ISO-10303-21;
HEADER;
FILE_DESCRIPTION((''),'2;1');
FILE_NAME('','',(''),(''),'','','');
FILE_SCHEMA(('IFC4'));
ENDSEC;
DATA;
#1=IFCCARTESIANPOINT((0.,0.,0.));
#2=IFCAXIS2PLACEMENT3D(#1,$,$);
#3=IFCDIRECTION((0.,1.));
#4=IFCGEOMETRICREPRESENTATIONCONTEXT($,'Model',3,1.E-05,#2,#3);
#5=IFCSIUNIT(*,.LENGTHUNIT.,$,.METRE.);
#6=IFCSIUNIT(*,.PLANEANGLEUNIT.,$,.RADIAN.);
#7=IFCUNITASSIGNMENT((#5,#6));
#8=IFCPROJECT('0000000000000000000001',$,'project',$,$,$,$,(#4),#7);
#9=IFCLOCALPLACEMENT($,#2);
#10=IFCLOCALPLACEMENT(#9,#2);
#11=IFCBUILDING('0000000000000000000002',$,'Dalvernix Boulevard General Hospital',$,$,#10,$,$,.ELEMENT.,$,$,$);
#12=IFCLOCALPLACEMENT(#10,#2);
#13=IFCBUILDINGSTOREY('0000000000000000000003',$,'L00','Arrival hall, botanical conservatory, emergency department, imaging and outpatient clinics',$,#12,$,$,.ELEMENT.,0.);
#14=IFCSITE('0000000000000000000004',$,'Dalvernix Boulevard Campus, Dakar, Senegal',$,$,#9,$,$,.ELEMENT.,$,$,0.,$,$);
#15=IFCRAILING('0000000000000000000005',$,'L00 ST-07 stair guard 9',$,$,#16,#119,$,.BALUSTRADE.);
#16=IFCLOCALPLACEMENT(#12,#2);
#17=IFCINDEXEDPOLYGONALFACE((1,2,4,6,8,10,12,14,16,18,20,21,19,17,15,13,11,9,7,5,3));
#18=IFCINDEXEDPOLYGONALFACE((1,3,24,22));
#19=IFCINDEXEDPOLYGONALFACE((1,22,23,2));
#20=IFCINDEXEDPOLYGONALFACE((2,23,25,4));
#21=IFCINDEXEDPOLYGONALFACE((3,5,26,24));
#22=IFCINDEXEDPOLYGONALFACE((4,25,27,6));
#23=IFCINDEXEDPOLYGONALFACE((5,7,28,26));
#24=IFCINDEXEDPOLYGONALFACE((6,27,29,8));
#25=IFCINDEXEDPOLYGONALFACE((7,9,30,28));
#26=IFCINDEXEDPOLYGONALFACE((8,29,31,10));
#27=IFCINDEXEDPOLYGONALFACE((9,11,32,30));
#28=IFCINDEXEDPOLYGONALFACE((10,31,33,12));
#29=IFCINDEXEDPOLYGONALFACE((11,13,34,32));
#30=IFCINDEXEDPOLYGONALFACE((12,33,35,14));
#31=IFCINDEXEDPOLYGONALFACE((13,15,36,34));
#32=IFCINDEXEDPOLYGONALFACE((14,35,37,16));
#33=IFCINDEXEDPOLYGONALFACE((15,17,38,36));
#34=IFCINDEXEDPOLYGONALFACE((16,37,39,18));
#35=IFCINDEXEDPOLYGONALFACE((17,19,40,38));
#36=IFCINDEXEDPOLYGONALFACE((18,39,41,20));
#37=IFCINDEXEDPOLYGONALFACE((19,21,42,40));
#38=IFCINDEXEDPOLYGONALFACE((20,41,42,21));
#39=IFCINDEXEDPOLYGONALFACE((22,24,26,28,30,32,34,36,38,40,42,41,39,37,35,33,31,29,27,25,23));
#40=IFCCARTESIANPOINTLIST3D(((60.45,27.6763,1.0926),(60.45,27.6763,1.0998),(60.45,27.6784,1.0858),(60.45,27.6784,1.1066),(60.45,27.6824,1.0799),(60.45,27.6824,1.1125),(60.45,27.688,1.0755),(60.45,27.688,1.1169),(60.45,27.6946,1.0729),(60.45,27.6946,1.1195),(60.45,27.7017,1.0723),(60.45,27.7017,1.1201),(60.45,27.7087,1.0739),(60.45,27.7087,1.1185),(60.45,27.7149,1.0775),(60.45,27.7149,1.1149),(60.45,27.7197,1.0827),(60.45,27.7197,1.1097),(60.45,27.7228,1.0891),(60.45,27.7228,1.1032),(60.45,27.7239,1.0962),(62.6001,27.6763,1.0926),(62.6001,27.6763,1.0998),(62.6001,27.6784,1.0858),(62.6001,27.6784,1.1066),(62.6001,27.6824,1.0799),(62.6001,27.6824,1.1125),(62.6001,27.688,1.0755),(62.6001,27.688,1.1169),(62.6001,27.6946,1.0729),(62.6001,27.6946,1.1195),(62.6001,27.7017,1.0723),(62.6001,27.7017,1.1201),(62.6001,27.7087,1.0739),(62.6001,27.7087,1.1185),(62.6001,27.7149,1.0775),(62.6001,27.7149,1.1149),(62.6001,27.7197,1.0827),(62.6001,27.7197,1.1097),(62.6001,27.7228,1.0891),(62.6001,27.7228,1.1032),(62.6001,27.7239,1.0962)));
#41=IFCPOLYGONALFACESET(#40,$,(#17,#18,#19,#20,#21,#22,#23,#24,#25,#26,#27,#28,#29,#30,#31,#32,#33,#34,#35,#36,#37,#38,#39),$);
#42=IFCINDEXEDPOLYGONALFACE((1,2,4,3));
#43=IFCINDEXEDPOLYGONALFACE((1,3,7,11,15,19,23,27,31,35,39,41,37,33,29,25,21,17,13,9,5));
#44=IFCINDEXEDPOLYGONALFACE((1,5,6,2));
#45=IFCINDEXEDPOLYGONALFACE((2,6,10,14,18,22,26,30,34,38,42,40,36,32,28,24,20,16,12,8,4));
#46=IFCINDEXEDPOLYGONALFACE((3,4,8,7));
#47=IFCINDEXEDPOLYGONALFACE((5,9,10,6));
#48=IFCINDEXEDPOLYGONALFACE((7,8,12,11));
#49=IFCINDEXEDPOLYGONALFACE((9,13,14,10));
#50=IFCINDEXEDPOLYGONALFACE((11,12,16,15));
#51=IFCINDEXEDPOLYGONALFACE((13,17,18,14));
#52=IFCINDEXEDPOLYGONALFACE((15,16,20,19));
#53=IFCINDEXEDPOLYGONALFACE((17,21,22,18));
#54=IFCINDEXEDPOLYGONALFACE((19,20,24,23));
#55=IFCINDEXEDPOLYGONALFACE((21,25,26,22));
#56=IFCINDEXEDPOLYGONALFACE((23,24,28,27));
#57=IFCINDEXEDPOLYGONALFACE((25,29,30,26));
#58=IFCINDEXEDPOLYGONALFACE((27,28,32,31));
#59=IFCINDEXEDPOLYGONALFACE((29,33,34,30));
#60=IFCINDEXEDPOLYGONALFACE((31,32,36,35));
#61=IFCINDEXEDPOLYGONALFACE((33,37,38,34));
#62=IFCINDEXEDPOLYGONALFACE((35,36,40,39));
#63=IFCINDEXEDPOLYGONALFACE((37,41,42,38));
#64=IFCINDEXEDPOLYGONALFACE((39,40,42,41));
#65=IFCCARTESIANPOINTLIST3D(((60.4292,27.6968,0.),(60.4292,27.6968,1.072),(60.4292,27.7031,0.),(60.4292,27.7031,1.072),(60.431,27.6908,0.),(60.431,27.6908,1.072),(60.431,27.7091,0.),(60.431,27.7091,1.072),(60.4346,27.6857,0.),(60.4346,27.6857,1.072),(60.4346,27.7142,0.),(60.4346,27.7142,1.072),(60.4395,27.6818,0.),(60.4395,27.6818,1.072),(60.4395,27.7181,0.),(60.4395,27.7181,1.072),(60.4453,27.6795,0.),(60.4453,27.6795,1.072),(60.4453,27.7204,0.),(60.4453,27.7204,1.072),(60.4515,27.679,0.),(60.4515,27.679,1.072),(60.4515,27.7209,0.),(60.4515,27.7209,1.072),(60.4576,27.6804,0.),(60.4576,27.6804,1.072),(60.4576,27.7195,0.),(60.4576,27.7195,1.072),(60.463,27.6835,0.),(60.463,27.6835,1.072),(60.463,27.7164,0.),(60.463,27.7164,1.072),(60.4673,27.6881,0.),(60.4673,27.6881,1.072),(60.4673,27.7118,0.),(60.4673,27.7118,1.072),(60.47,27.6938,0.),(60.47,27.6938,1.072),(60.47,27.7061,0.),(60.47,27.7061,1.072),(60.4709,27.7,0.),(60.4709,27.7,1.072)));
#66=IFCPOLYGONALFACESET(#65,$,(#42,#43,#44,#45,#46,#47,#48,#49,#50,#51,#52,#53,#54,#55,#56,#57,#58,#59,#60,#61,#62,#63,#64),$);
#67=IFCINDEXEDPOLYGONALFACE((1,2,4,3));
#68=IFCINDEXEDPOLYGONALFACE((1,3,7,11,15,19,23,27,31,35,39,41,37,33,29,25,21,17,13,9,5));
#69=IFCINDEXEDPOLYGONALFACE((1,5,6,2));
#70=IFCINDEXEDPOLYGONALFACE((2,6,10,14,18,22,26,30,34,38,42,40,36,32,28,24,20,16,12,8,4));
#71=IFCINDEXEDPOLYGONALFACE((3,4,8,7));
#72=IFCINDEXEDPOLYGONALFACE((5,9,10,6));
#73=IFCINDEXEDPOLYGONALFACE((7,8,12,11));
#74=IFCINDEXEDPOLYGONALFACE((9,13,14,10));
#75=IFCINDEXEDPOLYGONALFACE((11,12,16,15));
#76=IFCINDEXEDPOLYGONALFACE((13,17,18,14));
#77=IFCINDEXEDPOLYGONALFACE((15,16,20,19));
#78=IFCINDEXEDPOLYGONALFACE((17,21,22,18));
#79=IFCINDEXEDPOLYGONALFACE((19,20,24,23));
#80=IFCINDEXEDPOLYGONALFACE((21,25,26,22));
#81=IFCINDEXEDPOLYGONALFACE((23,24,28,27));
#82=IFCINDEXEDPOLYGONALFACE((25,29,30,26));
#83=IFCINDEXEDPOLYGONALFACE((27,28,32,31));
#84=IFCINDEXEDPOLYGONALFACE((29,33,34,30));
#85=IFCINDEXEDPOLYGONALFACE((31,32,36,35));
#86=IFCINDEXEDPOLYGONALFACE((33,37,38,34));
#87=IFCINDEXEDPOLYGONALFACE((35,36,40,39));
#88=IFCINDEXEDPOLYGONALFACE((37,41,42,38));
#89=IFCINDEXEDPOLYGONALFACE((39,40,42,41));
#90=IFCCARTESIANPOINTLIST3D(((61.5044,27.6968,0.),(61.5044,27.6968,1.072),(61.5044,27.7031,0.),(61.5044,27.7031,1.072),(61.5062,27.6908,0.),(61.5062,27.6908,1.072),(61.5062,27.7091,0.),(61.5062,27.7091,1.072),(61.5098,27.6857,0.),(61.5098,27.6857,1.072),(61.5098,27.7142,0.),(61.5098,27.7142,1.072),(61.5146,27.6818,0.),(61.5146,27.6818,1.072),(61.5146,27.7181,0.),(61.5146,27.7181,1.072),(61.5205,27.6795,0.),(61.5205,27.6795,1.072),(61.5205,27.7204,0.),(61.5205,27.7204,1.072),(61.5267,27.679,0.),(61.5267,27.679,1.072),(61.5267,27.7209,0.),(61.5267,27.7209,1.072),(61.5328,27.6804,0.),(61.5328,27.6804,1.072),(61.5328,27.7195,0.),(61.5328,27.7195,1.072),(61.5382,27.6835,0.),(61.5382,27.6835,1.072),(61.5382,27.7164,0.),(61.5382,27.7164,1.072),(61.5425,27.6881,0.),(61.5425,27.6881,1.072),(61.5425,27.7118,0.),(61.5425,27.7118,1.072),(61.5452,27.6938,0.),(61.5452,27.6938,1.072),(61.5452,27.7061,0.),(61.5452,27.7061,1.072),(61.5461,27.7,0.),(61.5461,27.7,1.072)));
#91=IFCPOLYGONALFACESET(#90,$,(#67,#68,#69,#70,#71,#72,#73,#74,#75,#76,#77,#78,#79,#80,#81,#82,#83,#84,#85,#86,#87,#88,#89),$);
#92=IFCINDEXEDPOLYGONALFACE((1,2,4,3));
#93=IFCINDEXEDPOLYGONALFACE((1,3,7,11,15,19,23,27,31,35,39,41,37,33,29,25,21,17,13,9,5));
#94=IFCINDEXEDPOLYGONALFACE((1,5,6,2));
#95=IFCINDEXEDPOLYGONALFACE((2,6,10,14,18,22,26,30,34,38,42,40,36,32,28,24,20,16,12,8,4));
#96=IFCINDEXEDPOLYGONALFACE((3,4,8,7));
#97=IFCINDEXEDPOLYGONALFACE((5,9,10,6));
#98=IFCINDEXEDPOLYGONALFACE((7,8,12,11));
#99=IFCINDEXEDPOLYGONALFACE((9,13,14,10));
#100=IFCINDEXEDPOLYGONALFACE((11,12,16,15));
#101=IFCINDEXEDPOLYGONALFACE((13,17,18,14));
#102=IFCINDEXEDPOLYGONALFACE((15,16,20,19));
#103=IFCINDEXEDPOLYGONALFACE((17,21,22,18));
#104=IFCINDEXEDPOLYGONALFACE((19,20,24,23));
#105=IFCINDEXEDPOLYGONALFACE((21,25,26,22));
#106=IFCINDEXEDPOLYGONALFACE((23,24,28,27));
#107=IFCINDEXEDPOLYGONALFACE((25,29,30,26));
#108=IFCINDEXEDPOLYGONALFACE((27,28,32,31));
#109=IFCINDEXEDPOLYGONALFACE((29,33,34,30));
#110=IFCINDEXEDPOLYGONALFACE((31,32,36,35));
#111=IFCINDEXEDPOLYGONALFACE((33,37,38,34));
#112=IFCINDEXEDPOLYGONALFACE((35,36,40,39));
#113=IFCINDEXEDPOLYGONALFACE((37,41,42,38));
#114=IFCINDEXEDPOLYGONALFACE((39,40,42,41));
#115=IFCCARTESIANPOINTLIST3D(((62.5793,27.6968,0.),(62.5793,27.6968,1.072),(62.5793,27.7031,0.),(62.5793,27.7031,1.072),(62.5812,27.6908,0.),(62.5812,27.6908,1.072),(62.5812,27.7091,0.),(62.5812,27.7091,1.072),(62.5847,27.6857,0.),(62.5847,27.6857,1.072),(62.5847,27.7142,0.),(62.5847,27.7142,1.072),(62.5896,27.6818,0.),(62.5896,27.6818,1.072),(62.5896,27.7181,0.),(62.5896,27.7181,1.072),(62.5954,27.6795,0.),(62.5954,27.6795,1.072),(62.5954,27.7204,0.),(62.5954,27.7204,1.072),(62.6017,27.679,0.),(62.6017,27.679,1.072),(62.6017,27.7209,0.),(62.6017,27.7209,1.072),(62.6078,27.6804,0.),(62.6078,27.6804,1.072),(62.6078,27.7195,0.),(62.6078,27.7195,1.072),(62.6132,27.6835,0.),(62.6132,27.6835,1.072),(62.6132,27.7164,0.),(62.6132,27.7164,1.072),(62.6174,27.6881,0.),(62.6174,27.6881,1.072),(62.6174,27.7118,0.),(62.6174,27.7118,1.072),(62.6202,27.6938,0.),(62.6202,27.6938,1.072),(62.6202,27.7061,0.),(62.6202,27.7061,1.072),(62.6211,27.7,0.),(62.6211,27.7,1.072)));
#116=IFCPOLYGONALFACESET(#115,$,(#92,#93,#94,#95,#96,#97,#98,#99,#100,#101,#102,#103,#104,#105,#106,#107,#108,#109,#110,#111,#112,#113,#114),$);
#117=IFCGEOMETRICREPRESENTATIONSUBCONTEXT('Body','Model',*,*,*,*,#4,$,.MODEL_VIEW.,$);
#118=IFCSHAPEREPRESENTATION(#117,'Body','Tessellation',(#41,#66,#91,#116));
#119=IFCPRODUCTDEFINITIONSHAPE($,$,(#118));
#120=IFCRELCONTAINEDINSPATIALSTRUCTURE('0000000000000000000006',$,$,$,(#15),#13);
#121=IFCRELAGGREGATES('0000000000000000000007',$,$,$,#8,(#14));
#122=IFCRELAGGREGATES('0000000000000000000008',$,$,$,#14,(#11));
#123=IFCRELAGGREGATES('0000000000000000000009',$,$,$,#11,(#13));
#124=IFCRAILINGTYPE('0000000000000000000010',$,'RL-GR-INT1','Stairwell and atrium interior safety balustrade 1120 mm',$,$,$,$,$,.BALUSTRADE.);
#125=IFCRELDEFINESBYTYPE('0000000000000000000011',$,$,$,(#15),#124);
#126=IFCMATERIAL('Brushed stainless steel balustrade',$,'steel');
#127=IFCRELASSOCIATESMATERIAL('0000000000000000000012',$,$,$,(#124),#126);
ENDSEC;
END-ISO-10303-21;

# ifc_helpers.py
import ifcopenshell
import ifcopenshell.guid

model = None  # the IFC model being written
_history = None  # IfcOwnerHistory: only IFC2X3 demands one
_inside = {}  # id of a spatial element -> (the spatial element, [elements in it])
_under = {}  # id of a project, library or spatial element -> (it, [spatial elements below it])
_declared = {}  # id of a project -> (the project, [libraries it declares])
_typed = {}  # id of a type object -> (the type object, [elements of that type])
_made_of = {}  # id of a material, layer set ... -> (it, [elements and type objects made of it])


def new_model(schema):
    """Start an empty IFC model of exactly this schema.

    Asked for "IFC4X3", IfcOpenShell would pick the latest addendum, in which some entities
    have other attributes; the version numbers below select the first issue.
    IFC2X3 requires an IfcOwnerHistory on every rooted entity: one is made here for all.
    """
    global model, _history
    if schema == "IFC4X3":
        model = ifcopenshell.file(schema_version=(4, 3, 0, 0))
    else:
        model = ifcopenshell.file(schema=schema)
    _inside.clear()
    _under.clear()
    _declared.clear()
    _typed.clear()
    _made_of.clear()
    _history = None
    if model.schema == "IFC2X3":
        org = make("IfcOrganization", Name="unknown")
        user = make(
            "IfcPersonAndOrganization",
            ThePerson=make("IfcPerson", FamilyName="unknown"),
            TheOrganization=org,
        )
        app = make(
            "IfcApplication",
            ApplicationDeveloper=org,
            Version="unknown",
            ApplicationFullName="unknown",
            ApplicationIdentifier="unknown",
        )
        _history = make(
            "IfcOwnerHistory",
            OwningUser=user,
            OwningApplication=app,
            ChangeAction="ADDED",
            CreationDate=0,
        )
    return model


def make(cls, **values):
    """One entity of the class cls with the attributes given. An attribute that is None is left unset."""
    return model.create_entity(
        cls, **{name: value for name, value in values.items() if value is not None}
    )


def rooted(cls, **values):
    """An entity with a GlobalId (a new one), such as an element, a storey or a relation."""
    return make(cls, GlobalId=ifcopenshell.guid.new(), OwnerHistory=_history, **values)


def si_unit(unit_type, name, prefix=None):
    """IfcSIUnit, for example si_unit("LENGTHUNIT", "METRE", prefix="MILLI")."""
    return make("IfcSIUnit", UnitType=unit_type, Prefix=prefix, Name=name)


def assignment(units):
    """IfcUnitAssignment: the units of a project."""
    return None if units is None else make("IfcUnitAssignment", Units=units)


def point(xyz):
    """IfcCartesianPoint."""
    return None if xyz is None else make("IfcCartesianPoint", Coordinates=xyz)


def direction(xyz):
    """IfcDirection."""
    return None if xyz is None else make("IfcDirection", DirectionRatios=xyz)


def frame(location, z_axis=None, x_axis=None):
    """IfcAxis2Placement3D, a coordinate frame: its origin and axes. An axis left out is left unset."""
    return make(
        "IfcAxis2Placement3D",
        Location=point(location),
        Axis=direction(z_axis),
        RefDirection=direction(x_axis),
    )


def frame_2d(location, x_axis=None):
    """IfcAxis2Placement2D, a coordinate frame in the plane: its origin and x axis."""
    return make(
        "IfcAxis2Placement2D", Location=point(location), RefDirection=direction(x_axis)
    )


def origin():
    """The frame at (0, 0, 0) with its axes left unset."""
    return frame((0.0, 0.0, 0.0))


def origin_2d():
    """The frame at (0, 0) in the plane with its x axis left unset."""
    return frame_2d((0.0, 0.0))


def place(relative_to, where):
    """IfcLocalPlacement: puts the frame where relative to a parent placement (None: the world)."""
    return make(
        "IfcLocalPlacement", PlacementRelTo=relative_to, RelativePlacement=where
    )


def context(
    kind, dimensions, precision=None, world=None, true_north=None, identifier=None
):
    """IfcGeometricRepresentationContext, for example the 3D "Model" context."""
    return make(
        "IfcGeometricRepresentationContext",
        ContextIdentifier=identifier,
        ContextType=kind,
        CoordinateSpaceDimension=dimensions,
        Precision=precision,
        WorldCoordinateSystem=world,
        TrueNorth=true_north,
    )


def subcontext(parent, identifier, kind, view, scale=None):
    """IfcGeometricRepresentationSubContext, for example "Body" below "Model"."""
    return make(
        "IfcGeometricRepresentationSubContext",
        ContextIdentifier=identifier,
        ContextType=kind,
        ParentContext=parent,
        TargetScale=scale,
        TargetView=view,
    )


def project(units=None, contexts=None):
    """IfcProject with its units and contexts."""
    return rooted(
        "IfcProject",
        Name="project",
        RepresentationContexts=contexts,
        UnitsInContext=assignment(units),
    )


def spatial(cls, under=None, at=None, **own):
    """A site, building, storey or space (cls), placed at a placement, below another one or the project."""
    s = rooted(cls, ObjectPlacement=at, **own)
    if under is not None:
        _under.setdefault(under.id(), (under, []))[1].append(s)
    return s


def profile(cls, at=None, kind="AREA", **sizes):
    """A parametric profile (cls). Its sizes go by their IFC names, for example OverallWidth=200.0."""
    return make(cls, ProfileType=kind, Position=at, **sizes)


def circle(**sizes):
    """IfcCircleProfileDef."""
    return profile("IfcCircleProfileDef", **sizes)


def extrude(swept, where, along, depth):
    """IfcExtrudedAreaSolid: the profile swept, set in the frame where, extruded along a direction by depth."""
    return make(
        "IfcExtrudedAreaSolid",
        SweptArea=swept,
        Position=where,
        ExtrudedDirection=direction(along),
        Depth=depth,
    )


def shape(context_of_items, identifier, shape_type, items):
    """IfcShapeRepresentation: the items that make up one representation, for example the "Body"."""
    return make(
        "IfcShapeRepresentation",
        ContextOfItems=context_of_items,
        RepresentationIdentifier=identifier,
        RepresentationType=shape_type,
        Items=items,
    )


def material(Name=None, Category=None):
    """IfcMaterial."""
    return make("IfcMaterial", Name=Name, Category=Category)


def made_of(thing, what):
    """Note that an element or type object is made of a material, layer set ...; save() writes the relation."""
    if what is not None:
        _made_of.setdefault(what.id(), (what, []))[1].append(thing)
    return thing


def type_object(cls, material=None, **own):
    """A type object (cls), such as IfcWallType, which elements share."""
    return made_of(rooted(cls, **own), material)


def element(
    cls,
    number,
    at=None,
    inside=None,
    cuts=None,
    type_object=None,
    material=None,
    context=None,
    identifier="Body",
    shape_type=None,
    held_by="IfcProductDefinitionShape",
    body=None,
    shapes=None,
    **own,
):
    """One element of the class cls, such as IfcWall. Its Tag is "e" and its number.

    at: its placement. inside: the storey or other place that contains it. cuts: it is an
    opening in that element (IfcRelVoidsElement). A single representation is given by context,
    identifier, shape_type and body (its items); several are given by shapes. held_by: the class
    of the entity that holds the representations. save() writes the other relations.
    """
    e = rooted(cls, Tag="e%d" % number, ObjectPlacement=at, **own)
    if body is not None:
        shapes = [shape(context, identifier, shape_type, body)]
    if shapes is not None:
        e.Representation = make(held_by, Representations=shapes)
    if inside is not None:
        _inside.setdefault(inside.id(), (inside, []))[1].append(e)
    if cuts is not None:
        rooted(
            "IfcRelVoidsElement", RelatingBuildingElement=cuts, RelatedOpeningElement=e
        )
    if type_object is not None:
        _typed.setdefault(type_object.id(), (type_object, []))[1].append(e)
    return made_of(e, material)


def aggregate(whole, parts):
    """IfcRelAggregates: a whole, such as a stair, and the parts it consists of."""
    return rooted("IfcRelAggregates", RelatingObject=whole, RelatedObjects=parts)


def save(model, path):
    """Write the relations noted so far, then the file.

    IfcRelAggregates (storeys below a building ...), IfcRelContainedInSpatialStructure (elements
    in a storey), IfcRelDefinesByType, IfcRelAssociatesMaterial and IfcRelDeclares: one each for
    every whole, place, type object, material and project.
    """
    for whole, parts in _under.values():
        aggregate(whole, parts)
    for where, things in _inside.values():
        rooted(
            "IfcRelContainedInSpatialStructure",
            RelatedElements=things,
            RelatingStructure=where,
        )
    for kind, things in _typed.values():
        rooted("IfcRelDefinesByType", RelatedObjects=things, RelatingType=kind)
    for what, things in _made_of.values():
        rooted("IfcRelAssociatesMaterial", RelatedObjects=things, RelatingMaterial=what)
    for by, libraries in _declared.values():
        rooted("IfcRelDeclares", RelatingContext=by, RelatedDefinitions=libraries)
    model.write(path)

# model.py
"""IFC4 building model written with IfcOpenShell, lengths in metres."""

from ifc_helpers import new_model, si_unit, direction, frame, origin, origin_2d, place, context, subcontext, project, spatial, circle, extrude, material, type_object, element, save


model = new_model("IFC4")

# Units and contexts
model_context = context("Model", 3, precision=1e-05, world=origin(), true_north=direction((0.0, 1.0)))
body_context = subcontext(model_context, "Body", "Model", "MODEL_VIEW")
ifc_project = project(units=[si_unit("LENGTHUNIT", "METRE"), si_unit("PLANEANGLEUNIT", "RADIAN")], contexts=[model_context])

# Site, building, storey
site_placement = place(None, origin())
site = spatial("IfcSite", under=ifc_project, at=site_placement, Name="Dalvernix Boulevard Campus, Dakar, Senegal", CompositionType="ELEMENT", RefElevation=0.0)
building_placement = place(site_placement, origin())
building = spatial("IfcBuilding", under=site, at=building_placement, Name="Dalvernix Boulevard General Hospital", CompositionType="ELEMENT")
storey_placement = place(building_placement, origin())
storey = spatial("IfcBuildingStorey", under=building, at=storey_placement, Name="L00", Description="Arrival hall, botanical conservatory, emergency department, imaging and outpatient clinics", CompositionType="ELEMENT", Elevation=0.0)

# Railing
ifc_material_1 = material(Name="Brushed stainless steel balustrade", Category="steel")
railing_type = type_object("IfcRailingType", Name="RL-GR-INT1", Description="Stairwell and atrium interior safety balustrade 1120 mm", PredefinedType="BALUSTRADE", material=ifc_material_1)
for number, where, name in (
    (1, (60.45, 27.7, 0.0), "L00 ST-07 stair guard 9"),
):
    element("IfcRailing", number, at=place(storey_placement, frame(where)), inside=storey, type_object=railing_type, Name=name, PredefinedType="BALUSTRADE", context=body_context, shape_type="SweptSolid", body=[
        extrude(circle(Radius=0.0239, at=origin_2d()), frame((0.0, 0.0, 1.0962), z_axis=(1.0, 0.0, 0.0), x_axis=(0.0, 1.0, 0.0)), (0.0, 0.0, 1.0), 2.1501),
        extrude(circle(Radius=0.021, at=origin_2d()), origin(), (0.0, 0.0, 1.0), 1.072),
        extrude(circle(Radius=0.021, at=origin_2d()), frame((1.0752, 0.0, 0.0)), (0.0, 0.0, 1.0), 1.072),
        extrude(circle(Radius=0.021, at=origin_2d()), frame((2.1501, 0.0, 0.0)), (0.0, 0.0, 1.0), 1.072),
    ])

save(model, "model.ifc")
